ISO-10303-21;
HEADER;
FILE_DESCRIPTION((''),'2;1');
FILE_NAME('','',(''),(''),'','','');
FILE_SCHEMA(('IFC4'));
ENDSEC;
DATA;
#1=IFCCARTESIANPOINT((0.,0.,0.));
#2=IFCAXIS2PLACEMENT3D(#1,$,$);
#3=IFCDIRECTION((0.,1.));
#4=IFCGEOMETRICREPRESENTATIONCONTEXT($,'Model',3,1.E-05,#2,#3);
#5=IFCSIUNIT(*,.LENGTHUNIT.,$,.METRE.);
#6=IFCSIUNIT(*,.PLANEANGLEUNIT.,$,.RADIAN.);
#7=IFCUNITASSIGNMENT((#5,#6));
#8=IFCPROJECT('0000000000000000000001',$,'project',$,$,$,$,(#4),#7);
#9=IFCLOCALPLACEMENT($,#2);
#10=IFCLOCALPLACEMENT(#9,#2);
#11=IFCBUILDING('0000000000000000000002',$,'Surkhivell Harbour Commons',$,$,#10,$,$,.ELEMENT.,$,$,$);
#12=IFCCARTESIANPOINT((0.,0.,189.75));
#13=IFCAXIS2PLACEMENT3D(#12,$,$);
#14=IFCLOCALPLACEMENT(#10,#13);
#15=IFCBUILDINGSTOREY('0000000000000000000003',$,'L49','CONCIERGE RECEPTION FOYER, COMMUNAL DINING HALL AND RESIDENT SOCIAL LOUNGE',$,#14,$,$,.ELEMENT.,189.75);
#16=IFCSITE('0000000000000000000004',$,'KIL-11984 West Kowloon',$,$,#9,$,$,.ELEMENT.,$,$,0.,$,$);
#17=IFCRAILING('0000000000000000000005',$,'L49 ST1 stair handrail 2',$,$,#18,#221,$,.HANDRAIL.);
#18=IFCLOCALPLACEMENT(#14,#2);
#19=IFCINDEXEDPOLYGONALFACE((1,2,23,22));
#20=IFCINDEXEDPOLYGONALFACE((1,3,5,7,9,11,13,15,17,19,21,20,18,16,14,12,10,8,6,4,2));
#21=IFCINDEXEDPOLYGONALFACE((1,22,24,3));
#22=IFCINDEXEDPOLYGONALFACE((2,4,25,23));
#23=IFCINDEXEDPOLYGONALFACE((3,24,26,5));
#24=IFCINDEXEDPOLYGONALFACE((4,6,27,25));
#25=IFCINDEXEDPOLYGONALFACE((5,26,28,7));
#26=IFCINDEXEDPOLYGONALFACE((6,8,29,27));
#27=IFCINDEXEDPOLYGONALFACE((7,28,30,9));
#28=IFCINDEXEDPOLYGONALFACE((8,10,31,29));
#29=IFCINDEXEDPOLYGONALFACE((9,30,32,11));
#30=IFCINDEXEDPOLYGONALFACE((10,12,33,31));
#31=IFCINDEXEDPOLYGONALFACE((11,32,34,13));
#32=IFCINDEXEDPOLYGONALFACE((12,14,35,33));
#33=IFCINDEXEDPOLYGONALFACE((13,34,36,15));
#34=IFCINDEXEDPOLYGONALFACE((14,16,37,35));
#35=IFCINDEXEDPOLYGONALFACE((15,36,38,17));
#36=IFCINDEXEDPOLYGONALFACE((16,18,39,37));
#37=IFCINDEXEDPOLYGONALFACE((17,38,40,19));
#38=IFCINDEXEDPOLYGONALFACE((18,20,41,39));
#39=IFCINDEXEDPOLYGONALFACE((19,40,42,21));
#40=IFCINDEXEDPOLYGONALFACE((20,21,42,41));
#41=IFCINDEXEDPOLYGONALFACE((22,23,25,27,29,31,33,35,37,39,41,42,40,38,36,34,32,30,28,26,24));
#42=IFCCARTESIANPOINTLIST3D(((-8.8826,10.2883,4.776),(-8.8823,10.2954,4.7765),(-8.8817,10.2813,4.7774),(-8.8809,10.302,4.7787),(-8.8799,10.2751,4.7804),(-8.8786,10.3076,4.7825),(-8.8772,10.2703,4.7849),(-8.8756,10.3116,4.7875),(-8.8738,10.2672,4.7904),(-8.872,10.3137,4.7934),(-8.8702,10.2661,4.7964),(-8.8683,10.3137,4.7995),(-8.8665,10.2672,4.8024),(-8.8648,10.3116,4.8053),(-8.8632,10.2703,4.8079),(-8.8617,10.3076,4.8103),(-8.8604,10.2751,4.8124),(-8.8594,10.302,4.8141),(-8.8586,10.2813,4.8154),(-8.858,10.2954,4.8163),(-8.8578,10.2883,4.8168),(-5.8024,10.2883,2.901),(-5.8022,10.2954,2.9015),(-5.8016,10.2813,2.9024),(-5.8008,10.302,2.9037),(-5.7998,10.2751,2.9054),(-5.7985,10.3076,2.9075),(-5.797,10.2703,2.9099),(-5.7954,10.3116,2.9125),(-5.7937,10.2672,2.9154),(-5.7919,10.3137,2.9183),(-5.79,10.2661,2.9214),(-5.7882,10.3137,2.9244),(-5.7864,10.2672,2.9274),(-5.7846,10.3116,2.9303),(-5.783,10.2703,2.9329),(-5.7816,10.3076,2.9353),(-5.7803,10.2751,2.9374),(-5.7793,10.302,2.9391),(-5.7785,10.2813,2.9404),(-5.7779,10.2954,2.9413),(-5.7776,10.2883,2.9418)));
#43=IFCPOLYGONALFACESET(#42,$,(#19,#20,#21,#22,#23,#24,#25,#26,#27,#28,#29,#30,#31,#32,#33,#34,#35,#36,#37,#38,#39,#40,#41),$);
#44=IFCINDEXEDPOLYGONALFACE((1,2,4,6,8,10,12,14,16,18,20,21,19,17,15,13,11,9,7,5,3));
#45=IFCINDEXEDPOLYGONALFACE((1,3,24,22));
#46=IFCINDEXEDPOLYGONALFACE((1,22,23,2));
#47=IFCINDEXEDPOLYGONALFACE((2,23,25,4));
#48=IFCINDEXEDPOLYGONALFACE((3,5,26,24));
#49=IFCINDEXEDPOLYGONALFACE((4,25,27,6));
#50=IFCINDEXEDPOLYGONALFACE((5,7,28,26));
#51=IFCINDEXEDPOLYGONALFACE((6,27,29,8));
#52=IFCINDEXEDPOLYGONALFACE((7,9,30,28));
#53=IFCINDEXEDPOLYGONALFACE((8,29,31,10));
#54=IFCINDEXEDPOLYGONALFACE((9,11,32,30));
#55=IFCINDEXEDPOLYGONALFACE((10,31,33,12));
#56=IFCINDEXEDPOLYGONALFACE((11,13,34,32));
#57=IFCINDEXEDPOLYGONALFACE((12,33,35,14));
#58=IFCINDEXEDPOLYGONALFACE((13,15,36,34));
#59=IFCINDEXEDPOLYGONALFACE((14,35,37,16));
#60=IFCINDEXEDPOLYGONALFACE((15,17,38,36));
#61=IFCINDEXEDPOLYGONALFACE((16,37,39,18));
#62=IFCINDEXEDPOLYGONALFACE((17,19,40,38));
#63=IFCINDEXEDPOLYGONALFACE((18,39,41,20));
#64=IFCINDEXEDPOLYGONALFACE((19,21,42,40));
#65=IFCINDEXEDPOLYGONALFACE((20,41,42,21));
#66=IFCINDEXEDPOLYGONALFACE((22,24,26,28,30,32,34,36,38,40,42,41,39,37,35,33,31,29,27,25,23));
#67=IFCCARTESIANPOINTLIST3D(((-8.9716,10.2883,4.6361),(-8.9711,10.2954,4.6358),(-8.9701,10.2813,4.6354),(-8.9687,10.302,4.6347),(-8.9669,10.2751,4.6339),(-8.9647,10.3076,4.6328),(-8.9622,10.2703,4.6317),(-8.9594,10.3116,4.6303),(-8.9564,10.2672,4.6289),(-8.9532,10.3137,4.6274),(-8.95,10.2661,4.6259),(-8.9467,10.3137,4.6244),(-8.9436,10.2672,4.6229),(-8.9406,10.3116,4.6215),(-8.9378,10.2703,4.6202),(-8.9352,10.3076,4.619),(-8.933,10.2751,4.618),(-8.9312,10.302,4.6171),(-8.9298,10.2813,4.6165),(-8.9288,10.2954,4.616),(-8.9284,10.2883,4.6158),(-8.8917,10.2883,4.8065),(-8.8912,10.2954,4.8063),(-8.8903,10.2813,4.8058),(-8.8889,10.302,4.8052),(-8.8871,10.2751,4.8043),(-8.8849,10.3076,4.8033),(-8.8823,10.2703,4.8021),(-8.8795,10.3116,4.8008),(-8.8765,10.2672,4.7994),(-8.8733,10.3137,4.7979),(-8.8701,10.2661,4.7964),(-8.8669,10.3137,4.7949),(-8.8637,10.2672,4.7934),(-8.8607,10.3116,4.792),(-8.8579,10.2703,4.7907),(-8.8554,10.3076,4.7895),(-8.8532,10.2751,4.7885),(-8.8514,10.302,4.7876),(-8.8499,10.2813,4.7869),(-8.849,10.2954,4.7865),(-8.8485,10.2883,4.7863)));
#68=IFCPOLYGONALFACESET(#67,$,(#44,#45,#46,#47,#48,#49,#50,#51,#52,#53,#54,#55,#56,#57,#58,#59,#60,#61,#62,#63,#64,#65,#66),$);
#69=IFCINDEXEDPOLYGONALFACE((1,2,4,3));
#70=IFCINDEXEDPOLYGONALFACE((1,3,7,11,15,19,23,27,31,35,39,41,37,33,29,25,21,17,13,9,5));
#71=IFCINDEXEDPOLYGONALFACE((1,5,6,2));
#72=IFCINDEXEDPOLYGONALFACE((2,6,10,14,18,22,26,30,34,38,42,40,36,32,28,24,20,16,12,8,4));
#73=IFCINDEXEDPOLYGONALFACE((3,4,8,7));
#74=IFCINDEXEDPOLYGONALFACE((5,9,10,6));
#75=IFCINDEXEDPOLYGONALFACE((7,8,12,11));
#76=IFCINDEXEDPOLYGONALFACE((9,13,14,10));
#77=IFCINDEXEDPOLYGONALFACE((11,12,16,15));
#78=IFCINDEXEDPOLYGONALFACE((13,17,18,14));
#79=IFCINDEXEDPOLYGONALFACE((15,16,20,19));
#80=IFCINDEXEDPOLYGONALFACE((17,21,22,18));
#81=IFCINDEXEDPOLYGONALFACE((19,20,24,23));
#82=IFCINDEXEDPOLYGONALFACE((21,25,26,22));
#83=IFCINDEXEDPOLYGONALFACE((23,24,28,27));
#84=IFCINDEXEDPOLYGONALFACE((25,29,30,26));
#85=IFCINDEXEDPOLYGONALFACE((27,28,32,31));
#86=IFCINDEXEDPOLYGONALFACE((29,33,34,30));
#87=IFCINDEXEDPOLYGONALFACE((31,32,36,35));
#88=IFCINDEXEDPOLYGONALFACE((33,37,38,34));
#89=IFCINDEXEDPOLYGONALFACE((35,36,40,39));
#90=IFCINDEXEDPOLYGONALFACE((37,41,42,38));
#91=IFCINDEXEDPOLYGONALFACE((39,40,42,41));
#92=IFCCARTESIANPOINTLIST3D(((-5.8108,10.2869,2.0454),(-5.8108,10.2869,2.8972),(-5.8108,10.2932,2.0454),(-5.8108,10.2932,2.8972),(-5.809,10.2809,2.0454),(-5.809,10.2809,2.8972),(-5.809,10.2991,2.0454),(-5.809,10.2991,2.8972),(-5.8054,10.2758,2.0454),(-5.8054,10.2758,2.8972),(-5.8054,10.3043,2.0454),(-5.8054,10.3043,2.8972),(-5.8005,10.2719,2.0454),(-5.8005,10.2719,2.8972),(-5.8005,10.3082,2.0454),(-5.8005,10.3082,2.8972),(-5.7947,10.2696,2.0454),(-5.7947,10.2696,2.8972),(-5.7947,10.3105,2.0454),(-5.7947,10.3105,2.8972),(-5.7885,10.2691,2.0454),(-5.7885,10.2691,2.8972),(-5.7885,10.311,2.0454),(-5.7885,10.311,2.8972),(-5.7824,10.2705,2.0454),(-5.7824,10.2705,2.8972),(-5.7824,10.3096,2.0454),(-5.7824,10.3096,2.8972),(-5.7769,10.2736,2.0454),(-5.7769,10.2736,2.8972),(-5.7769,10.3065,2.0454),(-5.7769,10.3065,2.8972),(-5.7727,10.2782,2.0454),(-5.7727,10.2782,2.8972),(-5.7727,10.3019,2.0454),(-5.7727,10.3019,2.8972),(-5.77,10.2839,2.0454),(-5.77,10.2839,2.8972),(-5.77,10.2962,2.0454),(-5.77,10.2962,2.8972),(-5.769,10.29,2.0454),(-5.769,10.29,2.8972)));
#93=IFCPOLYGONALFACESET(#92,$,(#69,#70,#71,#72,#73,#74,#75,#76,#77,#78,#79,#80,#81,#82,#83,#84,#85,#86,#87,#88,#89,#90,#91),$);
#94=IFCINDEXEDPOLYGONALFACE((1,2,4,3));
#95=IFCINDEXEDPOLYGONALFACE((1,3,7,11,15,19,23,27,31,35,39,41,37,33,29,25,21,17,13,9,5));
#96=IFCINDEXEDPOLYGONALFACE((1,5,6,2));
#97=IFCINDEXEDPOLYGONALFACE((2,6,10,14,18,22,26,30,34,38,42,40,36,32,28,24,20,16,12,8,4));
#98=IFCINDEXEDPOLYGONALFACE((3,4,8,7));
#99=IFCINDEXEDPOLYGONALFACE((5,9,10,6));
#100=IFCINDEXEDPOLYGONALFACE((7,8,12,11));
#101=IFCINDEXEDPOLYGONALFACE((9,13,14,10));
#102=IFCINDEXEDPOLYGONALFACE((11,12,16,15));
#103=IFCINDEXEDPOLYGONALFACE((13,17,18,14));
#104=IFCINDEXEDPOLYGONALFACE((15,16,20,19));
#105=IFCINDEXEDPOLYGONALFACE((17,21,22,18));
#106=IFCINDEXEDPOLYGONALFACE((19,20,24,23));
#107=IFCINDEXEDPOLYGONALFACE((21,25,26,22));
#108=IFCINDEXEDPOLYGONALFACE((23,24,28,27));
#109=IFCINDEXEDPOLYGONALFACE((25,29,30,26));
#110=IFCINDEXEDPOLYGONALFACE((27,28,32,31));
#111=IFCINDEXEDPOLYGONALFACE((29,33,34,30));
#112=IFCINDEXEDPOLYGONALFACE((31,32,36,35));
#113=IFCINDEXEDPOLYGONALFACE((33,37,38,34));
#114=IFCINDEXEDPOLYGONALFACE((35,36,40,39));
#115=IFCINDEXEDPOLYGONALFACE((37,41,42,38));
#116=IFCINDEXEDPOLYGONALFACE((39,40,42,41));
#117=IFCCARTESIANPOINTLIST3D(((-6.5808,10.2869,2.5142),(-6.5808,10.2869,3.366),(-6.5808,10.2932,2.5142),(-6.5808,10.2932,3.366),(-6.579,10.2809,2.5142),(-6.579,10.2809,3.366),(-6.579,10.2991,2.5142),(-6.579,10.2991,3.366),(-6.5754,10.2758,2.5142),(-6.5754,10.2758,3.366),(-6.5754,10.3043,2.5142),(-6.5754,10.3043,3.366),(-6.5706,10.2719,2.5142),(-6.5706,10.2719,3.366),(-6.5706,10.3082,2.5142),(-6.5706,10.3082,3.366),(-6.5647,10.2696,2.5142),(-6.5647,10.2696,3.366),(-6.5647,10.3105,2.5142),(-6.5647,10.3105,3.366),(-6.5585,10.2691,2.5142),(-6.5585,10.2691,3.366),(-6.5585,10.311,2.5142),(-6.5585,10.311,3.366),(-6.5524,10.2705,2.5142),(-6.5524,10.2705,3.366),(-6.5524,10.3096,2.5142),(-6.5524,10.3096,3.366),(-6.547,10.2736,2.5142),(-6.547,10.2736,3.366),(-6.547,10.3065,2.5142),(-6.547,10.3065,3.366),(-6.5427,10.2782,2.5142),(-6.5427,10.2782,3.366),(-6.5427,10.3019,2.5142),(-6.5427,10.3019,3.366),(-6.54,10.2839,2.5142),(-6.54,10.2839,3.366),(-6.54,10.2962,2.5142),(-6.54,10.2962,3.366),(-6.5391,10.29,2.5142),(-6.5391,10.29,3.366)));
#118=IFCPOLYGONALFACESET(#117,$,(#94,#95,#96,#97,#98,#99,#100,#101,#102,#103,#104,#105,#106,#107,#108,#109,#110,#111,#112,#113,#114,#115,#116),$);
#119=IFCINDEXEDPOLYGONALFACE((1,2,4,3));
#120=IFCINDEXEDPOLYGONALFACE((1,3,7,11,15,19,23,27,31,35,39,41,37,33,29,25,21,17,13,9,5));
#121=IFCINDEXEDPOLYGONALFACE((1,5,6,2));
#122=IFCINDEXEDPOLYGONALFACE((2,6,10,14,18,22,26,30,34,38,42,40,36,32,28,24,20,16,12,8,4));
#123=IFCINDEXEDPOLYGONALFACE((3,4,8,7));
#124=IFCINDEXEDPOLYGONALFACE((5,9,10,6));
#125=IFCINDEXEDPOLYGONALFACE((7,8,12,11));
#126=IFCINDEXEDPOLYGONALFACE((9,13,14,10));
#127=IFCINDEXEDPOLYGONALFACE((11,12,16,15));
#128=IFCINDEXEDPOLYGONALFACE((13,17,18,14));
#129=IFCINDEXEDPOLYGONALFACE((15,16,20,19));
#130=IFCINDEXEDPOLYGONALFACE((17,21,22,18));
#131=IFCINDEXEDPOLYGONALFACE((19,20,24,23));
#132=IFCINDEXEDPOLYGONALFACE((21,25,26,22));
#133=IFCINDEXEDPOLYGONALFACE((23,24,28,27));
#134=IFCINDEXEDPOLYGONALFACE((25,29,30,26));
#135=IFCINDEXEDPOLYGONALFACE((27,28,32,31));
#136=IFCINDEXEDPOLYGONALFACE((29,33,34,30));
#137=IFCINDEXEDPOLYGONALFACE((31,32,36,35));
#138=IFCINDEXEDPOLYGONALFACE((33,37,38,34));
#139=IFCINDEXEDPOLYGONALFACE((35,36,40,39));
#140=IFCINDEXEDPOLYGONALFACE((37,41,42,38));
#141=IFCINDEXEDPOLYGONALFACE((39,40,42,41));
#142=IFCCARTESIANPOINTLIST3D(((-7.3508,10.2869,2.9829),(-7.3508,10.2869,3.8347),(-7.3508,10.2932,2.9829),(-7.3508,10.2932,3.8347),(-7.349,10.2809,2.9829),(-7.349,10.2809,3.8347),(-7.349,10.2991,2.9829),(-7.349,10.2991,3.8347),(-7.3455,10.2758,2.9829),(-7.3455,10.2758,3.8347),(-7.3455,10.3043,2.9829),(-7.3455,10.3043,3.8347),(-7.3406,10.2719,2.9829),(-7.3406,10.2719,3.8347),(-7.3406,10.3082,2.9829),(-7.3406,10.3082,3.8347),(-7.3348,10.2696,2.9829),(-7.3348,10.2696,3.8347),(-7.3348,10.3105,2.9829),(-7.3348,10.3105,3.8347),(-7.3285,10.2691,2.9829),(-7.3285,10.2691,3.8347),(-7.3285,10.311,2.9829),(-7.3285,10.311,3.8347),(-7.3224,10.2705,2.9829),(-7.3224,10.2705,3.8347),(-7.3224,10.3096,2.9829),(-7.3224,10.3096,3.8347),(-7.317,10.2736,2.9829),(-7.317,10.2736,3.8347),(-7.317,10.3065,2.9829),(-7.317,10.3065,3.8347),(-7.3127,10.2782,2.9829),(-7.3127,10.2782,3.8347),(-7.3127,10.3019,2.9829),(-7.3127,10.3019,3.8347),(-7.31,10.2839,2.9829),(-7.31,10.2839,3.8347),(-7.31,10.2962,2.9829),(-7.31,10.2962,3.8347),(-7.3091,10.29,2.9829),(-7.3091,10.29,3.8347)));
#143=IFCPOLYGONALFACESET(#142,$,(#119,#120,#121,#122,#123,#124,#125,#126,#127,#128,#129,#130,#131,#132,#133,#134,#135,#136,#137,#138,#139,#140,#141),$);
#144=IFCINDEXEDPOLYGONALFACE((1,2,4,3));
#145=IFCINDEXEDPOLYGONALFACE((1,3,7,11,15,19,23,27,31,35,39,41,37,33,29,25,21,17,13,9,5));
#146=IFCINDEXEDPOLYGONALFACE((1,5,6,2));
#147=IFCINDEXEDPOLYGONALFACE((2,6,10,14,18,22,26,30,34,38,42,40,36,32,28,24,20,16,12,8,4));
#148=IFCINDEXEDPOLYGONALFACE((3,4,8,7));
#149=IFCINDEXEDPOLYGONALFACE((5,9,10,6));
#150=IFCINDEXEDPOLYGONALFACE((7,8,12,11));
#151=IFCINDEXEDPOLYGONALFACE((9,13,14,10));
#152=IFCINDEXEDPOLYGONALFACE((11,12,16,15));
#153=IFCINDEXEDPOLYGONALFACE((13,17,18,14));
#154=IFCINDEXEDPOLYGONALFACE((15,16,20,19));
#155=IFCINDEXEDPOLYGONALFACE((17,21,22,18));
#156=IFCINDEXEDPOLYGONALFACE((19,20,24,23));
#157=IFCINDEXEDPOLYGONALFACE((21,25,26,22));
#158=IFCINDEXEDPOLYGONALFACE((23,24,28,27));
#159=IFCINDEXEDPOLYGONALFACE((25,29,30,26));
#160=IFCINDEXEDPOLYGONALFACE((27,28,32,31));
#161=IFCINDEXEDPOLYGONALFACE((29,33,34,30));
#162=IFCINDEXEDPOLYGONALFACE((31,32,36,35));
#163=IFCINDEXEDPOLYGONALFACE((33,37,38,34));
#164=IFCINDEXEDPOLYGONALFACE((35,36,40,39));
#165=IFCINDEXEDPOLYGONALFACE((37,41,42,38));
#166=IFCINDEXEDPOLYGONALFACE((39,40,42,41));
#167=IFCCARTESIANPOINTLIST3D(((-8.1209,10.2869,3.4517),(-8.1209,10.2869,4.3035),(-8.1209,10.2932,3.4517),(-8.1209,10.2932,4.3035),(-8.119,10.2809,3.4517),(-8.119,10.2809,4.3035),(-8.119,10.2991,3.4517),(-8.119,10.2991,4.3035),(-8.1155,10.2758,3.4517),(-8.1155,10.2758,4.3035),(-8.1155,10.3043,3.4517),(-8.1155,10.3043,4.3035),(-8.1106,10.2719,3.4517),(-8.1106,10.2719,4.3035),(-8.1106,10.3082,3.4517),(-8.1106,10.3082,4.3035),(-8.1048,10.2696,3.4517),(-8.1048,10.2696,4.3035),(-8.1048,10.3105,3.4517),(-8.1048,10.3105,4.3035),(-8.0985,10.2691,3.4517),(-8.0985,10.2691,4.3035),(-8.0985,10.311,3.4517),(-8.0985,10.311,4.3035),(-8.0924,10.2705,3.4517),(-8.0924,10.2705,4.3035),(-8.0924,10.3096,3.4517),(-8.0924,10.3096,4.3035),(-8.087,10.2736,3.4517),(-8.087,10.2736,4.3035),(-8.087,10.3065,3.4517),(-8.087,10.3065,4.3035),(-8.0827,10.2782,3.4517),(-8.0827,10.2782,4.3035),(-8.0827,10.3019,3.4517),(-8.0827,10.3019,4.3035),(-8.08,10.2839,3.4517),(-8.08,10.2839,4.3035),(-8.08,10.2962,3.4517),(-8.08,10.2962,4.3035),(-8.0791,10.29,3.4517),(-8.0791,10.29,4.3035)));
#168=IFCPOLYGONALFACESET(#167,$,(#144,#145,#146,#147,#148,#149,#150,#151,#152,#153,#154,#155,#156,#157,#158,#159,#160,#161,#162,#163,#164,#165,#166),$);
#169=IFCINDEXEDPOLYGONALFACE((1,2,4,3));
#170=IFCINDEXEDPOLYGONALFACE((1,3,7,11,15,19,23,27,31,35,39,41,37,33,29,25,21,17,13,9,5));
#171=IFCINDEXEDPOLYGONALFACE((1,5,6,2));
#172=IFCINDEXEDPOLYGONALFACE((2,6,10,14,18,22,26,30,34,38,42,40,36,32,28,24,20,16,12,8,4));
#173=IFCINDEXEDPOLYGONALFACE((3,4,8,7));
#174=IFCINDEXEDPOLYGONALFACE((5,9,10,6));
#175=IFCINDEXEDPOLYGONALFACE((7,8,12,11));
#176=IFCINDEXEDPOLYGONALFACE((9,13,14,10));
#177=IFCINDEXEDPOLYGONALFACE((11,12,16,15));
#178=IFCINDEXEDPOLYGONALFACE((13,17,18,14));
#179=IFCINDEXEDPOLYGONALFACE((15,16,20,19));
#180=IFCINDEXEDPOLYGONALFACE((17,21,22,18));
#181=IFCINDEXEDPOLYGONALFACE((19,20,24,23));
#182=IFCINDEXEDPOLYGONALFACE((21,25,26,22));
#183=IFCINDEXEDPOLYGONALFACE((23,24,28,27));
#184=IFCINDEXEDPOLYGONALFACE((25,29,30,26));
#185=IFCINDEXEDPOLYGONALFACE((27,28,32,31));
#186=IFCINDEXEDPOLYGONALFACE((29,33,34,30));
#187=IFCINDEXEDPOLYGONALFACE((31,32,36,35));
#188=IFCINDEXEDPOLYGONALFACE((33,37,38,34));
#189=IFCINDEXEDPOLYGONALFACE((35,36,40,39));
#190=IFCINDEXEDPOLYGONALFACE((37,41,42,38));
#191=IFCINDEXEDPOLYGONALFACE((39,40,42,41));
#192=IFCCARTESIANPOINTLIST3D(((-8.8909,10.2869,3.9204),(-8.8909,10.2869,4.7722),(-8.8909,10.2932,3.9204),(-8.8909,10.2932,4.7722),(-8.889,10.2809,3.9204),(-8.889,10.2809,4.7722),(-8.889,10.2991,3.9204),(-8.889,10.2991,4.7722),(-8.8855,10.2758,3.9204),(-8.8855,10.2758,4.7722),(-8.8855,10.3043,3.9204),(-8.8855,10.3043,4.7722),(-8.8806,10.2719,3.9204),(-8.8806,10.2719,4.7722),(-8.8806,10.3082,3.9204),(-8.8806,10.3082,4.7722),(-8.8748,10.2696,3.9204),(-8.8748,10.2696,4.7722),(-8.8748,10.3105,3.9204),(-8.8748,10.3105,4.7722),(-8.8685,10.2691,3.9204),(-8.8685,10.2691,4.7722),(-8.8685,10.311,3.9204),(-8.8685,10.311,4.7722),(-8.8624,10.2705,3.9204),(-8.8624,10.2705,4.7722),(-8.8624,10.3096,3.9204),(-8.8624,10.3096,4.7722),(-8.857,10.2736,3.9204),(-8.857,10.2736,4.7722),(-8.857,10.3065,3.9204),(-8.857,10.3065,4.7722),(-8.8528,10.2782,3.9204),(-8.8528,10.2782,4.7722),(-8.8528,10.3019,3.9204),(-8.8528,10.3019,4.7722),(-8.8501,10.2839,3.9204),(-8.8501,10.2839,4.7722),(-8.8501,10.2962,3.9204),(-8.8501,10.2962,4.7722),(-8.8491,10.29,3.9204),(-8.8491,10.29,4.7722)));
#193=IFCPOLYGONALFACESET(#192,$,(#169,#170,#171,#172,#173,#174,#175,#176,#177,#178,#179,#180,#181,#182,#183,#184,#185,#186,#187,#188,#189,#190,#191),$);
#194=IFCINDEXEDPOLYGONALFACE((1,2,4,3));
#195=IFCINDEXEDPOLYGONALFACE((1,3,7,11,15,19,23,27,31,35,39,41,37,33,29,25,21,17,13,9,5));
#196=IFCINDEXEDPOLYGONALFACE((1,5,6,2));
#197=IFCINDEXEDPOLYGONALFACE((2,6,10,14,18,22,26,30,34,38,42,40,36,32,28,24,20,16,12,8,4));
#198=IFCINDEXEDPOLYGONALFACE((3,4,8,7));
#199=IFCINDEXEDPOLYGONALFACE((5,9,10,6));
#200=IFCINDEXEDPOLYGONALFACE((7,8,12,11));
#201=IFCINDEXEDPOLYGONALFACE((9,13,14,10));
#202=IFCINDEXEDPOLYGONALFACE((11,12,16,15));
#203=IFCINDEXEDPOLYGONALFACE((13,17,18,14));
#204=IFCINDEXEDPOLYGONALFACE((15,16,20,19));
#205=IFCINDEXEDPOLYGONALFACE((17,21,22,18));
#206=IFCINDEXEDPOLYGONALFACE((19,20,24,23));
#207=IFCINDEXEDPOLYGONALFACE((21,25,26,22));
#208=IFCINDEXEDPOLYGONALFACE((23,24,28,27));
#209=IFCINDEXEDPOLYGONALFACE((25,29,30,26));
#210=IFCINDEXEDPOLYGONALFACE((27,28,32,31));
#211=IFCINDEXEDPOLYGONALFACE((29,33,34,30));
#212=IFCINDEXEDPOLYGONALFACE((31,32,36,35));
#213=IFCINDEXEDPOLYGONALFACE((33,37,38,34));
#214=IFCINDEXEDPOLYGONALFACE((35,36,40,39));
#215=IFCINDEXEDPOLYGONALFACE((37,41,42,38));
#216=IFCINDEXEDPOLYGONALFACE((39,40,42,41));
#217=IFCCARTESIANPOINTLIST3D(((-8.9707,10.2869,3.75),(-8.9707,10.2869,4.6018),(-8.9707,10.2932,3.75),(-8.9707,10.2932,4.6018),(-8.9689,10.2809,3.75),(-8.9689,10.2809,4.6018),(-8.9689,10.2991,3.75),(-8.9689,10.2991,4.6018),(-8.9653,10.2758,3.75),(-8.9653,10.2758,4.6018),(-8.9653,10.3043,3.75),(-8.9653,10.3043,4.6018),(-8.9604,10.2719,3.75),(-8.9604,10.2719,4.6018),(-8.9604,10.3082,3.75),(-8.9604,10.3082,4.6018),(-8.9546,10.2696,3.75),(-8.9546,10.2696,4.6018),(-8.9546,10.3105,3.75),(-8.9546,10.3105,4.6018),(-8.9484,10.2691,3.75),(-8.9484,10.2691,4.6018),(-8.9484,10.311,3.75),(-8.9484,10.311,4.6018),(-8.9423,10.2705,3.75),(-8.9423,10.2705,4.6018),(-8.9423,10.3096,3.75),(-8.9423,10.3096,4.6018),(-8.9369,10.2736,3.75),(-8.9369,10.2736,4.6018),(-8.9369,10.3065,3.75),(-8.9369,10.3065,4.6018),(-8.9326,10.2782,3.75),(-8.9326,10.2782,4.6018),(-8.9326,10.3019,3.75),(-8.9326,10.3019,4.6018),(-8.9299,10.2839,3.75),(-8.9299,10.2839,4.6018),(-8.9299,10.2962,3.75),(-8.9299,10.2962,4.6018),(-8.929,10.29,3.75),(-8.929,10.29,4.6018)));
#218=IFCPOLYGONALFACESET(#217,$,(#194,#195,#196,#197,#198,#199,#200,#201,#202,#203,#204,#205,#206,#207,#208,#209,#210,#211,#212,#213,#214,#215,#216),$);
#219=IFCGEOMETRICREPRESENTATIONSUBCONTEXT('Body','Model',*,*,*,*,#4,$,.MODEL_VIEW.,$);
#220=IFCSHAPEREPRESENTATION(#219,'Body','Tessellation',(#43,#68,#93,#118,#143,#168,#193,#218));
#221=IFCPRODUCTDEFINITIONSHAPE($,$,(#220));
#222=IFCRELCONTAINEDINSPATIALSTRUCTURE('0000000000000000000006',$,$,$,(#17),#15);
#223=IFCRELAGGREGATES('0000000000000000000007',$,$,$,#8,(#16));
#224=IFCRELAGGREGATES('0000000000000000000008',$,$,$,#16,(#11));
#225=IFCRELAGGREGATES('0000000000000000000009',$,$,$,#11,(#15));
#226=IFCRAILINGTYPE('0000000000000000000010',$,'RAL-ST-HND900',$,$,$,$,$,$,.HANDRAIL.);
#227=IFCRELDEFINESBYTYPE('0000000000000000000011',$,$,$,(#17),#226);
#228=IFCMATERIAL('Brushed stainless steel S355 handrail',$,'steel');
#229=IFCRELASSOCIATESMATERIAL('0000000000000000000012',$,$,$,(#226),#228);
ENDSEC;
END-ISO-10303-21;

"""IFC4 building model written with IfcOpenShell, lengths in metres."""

from ifc_helpers import new_model, si_unit, direction, frame, origin, origin_2d, place, context, subcontext, project, spatial, circle, extrude, material, type_object, element, save


model = new_model("IFC4")

# Units and contexts
model_context = context("Model", 3, precision=1e-05, world=origin(), true_north=direction((0.0, 1.0)))
body_context = subcontext(model_context, "Body", "Model", "MODEL_VIEW")
ifc_project = project(units=[si_unit("LENGTHUNIT", "METRE"), si_unit("PLANEANGLEUNIT", "RADIAN")], contexts=[model_context])

# Site, building, storey
site_placement = place(None, origin())
site = spatial("IfcSite", under=ifc_project, at=site_placement, Name="KIL-11984 West Kowloon", CompositionType="ELEMENT", RefElevation=0.0)
building_placement = place(site_placement, origin())
building = spatial("IfcBuilding", under=site, at=building_placement, Name="Surkhivell Harbour Commons", CompositionType="ELEMENT")
storey_placement = place(building_placement, frame((0.0, 0.0, 189.75)))
storey = spatial("IfcBuildingStorey", under=building, at=storey_placement, Name="L49", Description="CONCIERGE RECEPTION FOYER, COMMUNAL DINING HALL AND RESIDENT SOCIAL LOUNGE", CompositionType="ELEMENT", Elevation=189.75)

# Railing
ifc_material_1 = material(Name="Brushed stainless steel S355 handrail", Category="steel")
railing_type_1 = type_object("IfcRailingType", Name="RAL-ST-HND900", PredefinedType="HANDRAIL", material=ifc_material_1)
railing_1_placement = place(storey_placement, frame((-5.79, 10.29, 2.0454)))
element("IfcRailing", 1, at=railing_1_placement, inside=storey, type_object=railing_type_1, Name="L49 ST1 stair handrail 2", PredefinedType="HANDRAIL", context=body_context, shape_type="SweptSolid", body=[
    extrude(circle(Radius=0.0239, at=origin_2d()), frame((0.0, 0.0, 0.876), z_axis=(-0.854178, 0.0, 0.519981), x_axis=(0.0, -1.0, 0.0)), (0.0, 0.0, 1.0), 3.606),
    extrude(circle(Radius=0.0239, at=origin_2d()), frame((-3.0801, 0.0, 2.751), z_axis=(-0.424234, 0.0, -0.905552), x_axis=(0.0, -1.0, 0.0)), (0.0, 0.0, 1.0), 0.1882),
    extrude(circle(Radius=0.021, at=origin_2d()), origin(), (0.0, 0.0, 1.0), 0.8518),
    extrude(circle(Radius=0.021, at=origin_2d()), frame((-0.77, 0.0, 0.4688)), (0.0, 0.0, 1.0), 0.8518),
    extrude(circle(Radius=0.021, at=origin_2d()), frame((-1.54, 0.0, 0.9375)), (0.0, 0.0, 1.0), 0.8518),
    extrude(circle(Radius=0.021, at=origin_2d()), frame((-2.3101, 0.0, 1.4062)), (0.0, 0.0, 1.0), 0.8518),
    extrude(circle(Radius=0.021, at=origin_2d()), frame((-3.0801, 0.0, 1.875)), (0.0, 0.0, 1.0), 0.8518),
    extrude(circle(Radius=0.021, at=origin_2d()), frame((-3.1599, 0.0, 1.7046)), (0.0, 0.0, 1.0), 0.8518),
])

save(model, "model.ifc")
